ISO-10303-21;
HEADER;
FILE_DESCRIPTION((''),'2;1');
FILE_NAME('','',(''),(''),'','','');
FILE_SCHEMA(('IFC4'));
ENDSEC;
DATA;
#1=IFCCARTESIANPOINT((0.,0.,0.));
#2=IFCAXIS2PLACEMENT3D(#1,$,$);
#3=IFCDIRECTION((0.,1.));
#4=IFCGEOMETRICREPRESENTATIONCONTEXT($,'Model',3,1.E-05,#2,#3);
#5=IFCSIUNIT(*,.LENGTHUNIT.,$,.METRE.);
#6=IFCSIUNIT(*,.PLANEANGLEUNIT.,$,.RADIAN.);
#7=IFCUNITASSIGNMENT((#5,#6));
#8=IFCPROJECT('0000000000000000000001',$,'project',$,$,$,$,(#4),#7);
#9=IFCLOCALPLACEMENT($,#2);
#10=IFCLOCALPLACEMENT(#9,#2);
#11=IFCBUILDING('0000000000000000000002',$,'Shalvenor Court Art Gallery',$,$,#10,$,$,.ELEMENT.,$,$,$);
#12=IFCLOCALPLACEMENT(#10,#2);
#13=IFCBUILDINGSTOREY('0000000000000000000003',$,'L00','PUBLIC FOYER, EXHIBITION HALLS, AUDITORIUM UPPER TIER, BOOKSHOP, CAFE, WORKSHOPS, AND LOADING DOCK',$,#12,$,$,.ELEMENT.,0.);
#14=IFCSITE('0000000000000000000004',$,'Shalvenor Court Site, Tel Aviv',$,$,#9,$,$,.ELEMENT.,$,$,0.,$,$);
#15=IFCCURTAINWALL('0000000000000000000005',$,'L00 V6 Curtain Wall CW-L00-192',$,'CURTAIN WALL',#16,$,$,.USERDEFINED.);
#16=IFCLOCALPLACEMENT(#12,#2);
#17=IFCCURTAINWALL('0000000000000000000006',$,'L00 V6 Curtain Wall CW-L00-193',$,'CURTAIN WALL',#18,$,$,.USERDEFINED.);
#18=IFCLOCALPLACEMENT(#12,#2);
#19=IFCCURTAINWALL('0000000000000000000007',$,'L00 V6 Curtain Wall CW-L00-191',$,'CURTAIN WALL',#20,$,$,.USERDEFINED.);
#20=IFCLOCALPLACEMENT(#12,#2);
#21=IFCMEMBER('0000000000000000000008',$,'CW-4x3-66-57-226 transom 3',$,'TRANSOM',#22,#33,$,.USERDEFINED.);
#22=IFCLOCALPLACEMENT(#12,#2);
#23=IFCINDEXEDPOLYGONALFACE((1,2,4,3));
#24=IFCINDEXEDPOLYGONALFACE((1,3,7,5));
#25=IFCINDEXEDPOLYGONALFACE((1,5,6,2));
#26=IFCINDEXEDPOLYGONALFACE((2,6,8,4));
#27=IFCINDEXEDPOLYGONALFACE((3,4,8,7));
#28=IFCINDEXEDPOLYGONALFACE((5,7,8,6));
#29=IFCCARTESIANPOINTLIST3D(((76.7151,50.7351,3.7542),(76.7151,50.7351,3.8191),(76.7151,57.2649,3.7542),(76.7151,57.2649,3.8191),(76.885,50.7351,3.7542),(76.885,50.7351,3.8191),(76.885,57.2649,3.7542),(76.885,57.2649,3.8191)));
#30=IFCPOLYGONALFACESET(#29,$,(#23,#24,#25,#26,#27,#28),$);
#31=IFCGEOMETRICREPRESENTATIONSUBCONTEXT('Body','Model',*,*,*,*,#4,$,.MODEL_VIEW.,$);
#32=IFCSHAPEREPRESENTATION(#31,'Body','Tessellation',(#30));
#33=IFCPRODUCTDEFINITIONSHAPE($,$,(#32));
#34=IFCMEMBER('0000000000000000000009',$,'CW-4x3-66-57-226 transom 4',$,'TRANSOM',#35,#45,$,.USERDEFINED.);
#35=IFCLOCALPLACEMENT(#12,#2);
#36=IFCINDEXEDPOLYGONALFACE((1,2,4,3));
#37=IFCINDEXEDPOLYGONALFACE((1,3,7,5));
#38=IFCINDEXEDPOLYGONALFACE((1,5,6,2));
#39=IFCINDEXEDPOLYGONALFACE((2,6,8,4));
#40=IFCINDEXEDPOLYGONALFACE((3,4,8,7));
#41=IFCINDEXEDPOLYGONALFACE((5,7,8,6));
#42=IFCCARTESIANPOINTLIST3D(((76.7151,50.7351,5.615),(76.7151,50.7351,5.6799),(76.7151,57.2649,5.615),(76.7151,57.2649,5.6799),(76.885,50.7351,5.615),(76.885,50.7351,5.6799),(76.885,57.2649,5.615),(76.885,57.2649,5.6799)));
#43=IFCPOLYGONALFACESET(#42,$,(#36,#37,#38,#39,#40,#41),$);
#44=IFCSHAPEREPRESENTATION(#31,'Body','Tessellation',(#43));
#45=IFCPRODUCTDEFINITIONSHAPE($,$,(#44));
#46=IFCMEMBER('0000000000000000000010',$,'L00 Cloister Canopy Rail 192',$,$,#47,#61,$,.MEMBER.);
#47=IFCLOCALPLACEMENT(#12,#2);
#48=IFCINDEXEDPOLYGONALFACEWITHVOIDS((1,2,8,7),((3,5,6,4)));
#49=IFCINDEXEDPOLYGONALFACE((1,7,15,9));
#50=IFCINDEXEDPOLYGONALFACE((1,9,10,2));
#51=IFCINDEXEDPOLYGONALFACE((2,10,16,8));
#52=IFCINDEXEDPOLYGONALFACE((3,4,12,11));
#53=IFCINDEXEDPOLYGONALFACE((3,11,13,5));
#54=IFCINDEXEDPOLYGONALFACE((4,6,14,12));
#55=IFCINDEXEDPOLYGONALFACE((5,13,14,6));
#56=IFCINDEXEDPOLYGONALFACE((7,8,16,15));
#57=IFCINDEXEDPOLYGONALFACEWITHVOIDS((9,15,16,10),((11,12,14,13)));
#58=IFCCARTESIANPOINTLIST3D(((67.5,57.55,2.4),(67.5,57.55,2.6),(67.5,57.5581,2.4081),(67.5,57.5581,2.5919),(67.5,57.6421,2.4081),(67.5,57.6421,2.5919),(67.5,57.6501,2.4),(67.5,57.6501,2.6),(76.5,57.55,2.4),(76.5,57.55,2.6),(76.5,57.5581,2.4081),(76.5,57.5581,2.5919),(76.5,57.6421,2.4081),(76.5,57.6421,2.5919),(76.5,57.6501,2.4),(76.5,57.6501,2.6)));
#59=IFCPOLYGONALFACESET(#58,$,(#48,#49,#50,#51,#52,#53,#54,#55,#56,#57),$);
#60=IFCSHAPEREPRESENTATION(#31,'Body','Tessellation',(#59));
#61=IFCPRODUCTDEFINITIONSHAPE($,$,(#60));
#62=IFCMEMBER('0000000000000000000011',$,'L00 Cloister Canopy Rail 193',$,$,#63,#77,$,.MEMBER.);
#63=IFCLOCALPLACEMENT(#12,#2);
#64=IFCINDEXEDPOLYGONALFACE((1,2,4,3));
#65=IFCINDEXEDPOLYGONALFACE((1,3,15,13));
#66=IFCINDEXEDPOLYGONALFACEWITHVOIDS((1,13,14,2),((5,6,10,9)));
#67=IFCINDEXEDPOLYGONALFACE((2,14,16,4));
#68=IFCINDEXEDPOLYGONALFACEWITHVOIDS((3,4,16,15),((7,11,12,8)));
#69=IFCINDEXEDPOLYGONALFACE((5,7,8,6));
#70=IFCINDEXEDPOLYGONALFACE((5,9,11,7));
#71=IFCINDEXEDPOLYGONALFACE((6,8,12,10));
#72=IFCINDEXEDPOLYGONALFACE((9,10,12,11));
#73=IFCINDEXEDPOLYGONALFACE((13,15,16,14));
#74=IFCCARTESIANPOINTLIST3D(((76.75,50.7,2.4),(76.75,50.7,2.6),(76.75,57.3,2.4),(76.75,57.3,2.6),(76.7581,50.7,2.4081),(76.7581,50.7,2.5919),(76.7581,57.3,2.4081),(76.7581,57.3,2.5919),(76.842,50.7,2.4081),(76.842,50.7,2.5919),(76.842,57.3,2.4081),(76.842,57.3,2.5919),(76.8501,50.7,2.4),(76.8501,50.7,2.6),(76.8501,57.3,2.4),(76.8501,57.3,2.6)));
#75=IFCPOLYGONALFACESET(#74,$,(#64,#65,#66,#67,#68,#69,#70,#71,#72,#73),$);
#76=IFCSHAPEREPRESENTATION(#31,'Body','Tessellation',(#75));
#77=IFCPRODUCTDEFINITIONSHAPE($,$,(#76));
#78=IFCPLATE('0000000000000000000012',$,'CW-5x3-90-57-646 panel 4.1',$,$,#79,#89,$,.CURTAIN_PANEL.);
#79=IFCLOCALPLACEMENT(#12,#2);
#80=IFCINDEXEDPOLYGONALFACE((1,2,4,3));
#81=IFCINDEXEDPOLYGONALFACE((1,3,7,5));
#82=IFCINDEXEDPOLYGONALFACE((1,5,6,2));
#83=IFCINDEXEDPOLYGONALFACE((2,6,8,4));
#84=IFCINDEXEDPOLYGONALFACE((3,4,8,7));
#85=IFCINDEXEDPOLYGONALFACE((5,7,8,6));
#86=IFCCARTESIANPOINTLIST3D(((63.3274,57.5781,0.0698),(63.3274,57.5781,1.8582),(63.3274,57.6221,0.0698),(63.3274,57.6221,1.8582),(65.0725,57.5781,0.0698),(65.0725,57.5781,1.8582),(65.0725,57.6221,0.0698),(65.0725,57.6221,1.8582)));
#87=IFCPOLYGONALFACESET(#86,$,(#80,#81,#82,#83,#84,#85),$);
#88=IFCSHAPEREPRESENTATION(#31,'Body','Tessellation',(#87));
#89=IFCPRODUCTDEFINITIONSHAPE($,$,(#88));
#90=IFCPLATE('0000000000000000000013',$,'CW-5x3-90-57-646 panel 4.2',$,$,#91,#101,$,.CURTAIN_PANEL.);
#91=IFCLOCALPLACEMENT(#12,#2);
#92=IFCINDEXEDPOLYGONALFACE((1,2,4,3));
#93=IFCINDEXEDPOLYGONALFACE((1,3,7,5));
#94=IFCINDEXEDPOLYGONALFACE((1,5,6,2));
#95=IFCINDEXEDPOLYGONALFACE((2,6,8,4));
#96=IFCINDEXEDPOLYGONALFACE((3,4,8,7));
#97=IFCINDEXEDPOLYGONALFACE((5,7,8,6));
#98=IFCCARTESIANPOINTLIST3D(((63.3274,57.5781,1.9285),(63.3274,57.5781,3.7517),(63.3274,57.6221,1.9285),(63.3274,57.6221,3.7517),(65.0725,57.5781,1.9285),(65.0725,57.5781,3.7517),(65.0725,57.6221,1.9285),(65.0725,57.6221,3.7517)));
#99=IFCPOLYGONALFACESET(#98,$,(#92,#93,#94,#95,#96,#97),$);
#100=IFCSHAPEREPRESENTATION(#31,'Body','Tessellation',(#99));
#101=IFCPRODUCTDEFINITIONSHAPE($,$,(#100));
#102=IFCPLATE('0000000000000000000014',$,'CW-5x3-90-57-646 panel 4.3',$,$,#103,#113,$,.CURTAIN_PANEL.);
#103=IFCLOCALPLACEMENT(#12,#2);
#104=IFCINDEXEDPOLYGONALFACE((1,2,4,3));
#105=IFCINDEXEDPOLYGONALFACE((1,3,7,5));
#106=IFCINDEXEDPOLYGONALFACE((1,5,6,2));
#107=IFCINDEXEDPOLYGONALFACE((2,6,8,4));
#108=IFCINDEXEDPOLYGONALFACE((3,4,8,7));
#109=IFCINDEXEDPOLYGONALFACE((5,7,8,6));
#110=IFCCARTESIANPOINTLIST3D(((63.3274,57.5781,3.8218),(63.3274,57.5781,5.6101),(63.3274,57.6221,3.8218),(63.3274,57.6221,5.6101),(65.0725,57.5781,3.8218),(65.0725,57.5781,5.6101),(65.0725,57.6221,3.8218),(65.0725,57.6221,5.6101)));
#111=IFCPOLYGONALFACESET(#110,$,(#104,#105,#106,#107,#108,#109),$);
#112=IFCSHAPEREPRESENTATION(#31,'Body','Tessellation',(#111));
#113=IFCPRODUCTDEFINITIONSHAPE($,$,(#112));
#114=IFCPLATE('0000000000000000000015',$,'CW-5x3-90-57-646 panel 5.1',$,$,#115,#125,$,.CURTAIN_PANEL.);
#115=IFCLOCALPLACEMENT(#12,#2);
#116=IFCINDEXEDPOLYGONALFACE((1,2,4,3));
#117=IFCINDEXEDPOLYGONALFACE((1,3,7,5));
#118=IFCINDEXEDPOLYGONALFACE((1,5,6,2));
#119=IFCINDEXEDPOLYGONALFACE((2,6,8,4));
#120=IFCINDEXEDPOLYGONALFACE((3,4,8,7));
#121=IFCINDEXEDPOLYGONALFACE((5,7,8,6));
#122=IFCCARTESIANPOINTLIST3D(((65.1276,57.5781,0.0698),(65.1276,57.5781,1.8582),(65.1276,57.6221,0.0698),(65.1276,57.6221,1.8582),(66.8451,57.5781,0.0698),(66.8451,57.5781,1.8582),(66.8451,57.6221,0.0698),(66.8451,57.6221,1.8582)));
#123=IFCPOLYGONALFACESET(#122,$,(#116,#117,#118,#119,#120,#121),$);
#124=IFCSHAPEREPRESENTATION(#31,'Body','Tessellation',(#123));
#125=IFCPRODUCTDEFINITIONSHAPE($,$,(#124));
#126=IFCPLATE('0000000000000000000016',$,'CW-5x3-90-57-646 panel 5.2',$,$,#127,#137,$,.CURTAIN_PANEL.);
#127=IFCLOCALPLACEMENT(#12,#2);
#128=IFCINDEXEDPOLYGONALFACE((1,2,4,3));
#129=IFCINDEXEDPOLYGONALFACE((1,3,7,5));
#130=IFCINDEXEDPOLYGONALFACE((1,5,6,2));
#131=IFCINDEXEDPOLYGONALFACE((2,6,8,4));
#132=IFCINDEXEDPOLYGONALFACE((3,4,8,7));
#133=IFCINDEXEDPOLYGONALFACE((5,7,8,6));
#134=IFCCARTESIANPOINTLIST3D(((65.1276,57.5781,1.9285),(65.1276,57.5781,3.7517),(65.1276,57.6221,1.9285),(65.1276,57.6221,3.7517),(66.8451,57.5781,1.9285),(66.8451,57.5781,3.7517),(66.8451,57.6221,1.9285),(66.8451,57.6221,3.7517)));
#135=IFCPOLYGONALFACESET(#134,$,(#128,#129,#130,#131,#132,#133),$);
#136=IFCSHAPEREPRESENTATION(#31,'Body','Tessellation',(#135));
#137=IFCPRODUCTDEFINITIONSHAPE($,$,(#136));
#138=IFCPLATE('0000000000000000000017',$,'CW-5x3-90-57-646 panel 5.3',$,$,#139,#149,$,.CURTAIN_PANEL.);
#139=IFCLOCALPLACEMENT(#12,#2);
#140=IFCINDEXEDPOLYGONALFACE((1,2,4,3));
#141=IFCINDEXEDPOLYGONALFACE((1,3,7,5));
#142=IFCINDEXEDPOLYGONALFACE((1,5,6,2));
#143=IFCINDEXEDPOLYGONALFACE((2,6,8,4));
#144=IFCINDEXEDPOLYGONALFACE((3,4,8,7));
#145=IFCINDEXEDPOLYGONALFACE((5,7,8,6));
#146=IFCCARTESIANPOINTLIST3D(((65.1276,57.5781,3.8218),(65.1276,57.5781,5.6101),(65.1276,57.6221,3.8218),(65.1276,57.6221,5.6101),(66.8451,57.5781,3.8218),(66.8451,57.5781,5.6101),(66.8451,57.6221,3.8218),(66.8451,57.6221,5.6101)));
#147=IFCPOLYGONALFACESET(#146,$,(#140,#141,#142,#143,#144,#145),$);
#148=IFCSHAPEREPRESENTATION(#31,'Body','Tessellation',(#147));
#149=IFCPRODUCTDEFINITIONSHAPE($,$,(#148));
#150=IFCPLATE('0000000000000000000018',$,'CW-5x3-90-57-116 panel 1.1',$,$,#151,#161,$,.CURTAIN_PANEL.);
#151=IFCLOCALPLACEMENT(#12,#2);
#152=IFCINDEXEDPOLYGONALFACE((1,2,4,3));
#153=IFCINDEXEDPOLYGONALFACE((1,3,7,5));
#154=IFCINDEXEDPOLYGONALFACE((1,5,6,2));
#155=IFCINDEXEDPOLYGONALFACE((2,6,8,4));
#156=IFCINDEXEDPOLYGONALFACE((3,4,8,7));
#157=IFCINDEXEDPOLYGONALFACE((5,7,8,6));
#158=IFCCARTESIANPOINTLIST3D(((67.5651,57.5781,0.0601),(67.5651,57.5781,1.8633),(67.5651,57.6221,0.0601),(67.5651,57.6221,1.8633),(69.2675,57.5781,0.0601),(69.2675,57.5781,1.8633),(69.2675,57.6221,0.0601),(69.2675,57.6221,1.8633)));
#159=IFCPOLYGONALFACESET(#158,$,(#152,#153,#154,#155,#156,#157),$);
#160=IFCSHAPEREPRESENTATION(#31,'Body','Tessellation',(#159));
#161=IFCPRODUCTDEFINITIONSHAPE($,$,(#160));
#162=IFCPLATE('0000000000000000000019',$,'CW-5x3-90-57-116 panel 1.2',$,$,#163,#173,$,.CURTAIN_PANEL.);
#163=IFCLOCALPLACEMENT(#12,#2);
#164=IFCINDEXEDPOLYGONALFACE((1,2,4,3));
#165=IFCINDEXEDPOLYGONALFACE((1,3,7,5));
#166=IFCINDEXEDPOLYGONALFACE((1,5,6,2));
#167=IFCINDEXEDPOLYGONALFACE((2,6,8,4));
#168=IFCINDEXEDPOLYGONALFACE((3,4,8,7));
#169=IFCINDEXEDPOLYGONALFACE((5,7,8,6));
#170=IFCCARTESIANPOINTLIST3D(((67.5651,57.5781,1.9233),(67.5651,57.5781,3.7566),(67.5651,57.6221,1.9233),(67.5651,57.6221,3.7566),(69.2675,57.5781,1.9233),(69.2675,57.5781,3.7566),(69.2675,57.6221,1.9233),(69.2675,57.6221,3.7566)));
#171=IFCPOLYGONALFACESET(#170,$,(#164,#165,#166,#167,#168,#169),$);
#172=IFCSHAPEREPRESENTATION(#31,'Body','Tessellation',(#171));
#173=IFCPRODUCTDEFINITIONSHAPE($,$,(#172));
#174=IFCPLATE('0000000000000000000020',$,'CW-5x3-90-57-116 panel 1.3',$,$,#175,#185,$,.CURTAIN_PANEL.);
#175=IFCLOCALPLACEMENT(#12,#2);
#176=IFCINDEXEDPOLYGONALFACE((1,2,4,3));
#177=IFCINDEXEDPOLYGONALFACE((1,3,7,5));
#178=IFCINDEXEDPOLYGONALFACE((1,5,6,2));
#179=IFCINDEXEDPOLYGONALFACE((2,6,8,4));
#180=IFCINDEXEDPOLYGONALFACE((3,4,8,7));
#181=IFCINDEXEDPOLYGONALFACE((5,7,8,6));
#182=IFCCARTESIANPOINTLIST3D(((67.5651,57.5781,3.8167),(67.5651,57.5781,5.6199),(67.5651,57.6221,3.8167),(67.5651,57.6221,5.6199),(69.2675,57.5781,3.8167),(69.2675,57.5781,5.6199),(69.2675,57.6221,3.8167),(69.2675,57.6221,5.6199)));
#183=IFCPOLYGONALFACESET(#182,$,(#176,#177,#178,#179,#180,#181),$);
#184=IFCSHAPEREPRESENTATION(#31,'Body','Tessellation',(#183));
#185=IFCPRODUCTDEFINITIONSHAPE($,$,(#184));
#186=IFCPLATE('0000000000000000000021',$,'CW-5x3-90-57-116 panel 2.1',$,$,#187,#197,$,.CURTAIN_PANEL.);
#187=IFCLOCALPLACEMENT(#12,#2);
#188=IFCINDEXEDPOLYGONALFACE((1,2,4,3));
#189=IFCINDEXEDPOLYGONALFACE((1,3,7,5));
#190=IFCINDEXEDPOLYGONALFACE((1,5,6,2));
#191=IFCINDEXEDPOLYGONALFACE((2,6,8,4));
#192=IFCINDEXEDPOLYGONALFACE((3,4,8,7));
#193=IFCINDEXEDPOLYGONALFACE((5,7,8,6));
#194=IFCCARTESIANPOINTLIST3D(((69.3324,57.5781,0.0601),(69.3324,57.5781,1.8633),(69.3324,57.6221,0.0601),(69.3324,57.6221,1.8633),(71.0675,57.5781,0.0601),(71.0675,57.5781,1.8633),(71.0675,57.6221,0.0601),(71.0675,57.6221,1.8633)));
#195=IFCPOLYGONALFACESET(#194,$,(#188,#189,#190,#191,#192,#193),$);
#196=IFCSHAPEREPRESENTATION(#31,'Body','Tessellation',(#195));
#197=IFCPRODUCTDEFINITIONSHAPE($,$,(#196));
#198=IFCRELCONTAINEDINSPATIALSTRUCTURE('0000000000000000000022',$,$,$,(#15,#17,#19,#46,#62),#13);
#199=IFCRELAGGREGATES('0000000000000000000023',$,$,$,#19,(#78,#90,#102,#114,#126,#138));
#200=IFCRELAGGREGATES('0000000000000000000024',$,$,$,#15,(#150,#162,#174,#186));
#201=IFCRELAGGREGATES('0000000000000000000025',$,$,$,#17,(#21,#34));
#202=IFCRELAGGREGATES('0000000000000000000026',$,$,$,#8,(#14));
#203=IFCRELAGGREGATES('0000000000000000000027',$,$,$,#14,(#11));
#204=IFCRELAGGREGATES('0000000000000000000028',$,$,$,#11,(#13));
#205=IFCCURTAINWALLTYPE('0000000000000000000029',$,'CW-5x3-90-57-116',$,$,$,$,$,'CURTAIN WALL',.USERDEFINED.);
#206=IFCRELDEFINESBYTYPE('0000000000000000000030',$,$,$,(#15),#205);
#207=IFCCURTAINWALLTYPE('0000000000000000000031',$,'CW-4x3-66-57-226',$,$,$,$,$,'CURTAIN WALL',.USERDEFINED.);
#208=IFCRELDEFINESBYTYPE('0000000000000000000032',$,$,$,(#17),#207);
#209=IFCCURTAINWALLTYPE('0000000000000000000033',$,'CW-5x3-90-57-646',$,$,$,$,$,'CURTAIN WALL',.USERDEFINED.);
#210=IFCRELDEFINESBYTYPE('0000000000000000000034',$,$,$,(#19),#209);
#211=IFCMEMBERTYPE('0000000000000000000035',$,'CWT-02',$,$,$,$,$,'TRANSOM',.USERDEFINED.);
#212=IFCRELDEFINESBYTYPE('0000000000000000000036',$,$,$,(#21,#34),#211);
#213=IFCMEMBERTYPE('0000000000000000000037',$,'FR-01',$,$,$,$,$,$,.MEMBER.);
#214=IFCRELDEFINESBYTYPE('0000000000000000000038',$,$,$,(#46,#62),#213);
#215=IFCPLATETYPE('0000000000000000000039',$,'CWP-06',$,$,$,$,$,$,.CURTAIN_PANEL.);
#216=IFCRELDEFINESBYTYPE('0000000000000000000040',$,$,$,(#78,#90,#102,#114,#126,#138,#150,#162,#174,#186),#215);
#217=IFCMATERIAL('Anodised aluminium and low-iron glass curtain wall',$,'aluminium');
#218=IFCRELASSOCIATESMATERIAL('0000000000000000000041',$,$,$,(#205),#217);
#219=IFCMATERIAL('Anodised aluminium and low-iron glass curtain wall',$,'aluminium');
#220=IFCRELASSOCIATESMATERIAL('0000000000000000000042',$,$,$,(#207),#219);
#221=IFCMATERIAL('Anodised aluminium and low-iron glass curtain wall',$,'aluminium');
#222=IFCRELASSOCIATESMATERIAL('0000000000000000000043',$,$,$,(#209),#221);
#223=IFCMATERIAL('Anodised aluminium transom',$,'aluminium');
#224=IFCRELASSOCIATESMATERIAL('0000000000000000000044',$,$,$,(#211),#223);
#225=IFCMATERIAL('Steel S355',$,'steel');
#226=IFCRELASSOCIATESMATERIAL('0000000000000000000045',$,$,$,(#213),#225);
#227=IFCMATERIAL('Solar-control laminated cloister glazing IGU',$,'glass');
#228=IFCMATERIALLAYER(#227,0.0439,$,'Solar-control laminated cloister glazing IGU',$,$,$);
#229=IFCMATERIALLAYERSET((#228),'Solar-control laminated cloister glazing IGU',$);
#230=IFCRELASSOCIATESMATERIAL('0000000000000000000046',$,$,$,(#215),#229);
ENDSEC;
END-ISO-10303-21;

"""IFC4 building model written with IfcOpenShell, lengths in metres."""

from ifc_helpers import new_model, si_unit, direction, frame, origin, origin_2d, place, context, subcontext, project, spatial, rectangle, hollow_rectangle, extrude, material, layer, layer_set, material_profile, profile_set, type_object, element, aggregate, save


model = new_model("IFC4")

# Units and contexts
model_context = context("Model", 3, precision=1e-05, world=origin(), true_north=direction((0.0, 1.0)))
body_context = subcontext(model_context, "Body", "Model", "MODEL_VIEW")
ifc_project = project(units=[si_unit("LENGTHUNIT", "METRE"), si_unit("PLANEANGLEUNIT", "RADIAN")], contexts=[model_context])

# Site, building, storey
site_placement = place(None, origin())
site = spatial("IfcSite", under=ifc_project, at=site_placement, Name="Shalvenor Court Site, Tel Aviv", CompositionType="ELEMENT", RefElevation=0.0)
building_placement = place(site_placement, origin())
building = spatial("IfcBuilding", under=site, at=building_placement, Name="Shalvenor Court Art Gallery", CompositionType="ELEMENT")
storey_placement = place(building_placement, origin())
storey = spatial("IfcBuildingStorey", under=building, at=storey_placement, Name="L00", Description="PUBLIC FOYER, EXHIBITION HALLS, AUDITORIUM UPPER TIER, BOOKSHOP, CAFE, WORKSHOPS, AND LOADING DOCK", CompositionType="ELEMENT", Elevation=0.0)

# Curtain wall
ifc_material_1 = material(Name="Anodised aluminium and low-iron glass curtain wall", Category="aluminium")
curtain_wall_type_1 = type_object("IfcCurtainWallType", Name="CW-5x3-90-57-116", ElementType="CURTAIN WALL", PredefinedType="USERDEFINED", material=ifc_material_1)
curtain_wall_1_placement = place(storey_placement, origin())
curtain_wall_1 = element("IfcCurtainWall", 1, at=curtain_wall_1_placement, inside=storey, type_object=curtain_wall_type_1, Name="L00 V6 Curtain Wall CW-L00-192", ObjectType="CURTAIN WALL", PredefinedType="USERDEFINED")

# Curtain wall
ifc_material_2 = material(Name="Anodised aluminium and low-iron glass curtain wall", Category="aluminium")
curtain_wall_type_2 = type_object("IfcCurtainWallType", Name="CW-4x3-66-57-226", ElementType="CURTAIN WALL", PredefinedType="USERDEFINED", material=ifc_material_2)
curtain_wall_2_placement = place(storey_placement, origin())
curtain_wall_2 = element("IfcCurtainWall", 2, at=curtain_wall_2_placement, inside=storey, type_object=curtain_wall_type_2, Name="L00 V6 Curtain Wall CW-L00-193", ObjectType="CURTAIN WALL", PredefinedType="USERDEFINED")

# Curtain wall
ifc_material_3 = material(Name="Anodised aluminium and low-iron glass curtain wall", Category="aluminium")
curtain_wall_type_3 = type_object("IfcCurtainWallType", Name="CW-5x3-90-57-646", ElementType="CURTAIN WALL", PredefinedType="USERDEFINED", material=ifc_material_3)
curtain_wall_3_placement = place(storey_placement, origin())
curtain_wall_3 = element("IfcCurtainWall", 3, at=curtain_wall_3_placement, inside=storey, type_object=curtain_wall_type_3, Name="L00 V6 Curtain Wall CW-L00-191", ObjectType="CURTAIN WALL", PredefinedType="USERDEFINED")

# Members
ifc_material_4 = material(Name="Anodised aluminium transom", Category="aluminium")
ifc_material_profile_1 = material_profile(ifc_material_4, rectangle(XDim=0.1699, YDim=0.0649, at=origin_2d()), Name="CWT-02")
ifc_profile_set_1 = profile_set([ifc_material_profile_1], Name="Anodised aluminium transom")
member_type_1 = type_object("IfcMemberType", Name="CWT-02", ElementType="TRANSOM", PredefinedType="USERDEFINED", material=ifc_profile_set_1)
member_1_placement = place(storey_placement, frame((76.8, 57.2649, 3.7866), z_axis=(0.0, -1.0, 0.0), x_axis=(1.0, 0.0, 0.0)))
member_1 = element("IfcMember", 4, at=member_1_placement, type_object=member_type_1, Name="CW-4x3-66-57-226 transom 3", ObjectType="TRANSOM", PredefinedType="USERDEFINED", context=body_context, shape_type="SweptSolid", body=[
    extrude(rectangle(XDim=0.1699, YDim=0.0649, at=origin_2d()), origin(), (0.0, 0.0, 1.0), 6.5298),
])
member_2_placement = place(storey_placement, frame((76.8, 57.2649, 5.6475), z_axis=(0.0, -1.0, 0.0), x_axis=(1.0, 0.0, 0.0)))
member_2 = element("IfcMember", 5, at=member_2_placement, type_object=member_type_1, Name="CW-4x3-66-57-226 transom 4", ObjectType="TRANSOM", PredefinedType="USERDEFINED", context=body_context, shape_type="SweptSolid", body=[
    extrude(rectangle(XDim=0.1699, YDim=0.0649, at=origin_2d()), origin(), (0.0, 0.0, 1.0), 6.5298),
])

# Members
ifc_material_5 = material(Name="Steel S355", Category="steel")
ifc_material_profile_2 = material_profile(ifc_material_5, hollow_rectangle(XDim=0.1001, YDim=0.2, WallThickness=0.0081, at=origin_2d()), Name="RHS 200x100x8.0")
ifc_profile_set_2 = profile_set([ifc_material_profile_2], Name="Steel S355")
member_type_2 = type_object("IfcMemberType", Name="FR-01", PredefinedType="MEMBER", material=ifc_profile_set_2)
member_3_placement = place(storey_placement, frame((67.5, 57.6001, 2.5), z_axis=(1.0, 0.0, 0.0), x_axis=(0.0, 1.0, 0.0)))
element("IfcMember", 6, at=member_3_placement, inside=storey, type_object=member_type_2, Name="L00 Cloister Canopy Rail 192", PredefinedType="MEMBER", context=body_context, shape_type="SweptSolid", body=[
    extrude(hollow_rectangle(XDim=0.1001, YDim=0.2, WallThickness=0.0081, at=origin_2d()), origin(), (0.0, 0.0, 1.0), 9.0),
])
member_4_placement = place(storey_placement, frame((76.8, 57.3, 2.5), z_axis=(0.0, -1.0, 0.0), x_axis=(1.0, 0.0, 0.0)))
element("IfcMember", 7, at=member_4_placement, inside=storey, type_object=member_type_2, Name="L00 Cloister Canopy Rail 193", PredefinedType="MEMBER", context=body_context, shape_type="SweptSolid", body=[
    extrude(hollow_rectangle(XDim=0.1001, YDim=0.2, WallThickness=0.0081, at=origin_2d()), origin(), (0.0, 0.0, 1.0), 6.6001),
])

# Plates
ifc_material_6 = material(Name="Solar-control laminated cloister glazing IGU", Category="glass")
ifc_layer_1 = layer(ifc_material_6, 0.0439, Name="Solar-control laminated cloister glazing IGU")
ifc_layer_set_1 = layer_set([ifc_layer_1], Name="Solar-control laminated cloister glazing IGU")
plate_type_1 = type_object("IfcPlateType", Name="CWP-06", PredefinedType="CURTAIN_PANEL", material=ifc_layer_set_1)
plate_1_placement = place(storey_placement, frame((64.2, 57.6001, 0.0698), z_axis=(0.0, 0.0, 1.0), x_axis=(1.0, 0.0, 0.0)))
plate_1 = element("IfcPlate", 8, at=plate_1_placement, type_object=plate_type_1, Name="CW-5x3-90-57-646 panel 4.1", PredefinedType="CURTAIN_PANEL", context=body_context, shape_type="SweptSolid", body=[
    extrude(rectangle(XDim=1.7451, YDim=0.0439, at=origin_2d()), origin(), (0.0, 0.0, 1.0), 1.7883),
])
plate_2_placement = place(storey_placement, frame((64.2, 57.6001, 1.9285), z_axis=(0.0, 0.0, 1.0), x_axis=(1.0, 0.0, 0.0)))
plate_2 = element("IfcPlate", 9, at=plate_2_placement, type_object=plate_type_1, Name="CW-5x3-90-57-646 panel 4.2", PredefinedType="CURTAIN_PANEL", context=body_context, shape_type="SweptSolid", body=[
    extrude(rectangle(XDim=1.7451, YDim=0.0439, at=origin_2d()), origin(), (0.0, 0.0, 1.0), 1.8232),
])
plate_3_placement = place(storey_placement, frame((64.2, 57.6001, 3.8218), z_axis=(0.0, 0.0, 1.0), x_axis=(1.0, 0.0, 0.0)))
plate_3 = element("IfcPlate", 10, at=plate_3_placement, type_object=plate_type_1, Name="CW-5x3-90-57-646 panel 4.3", PredefinedType="CURTAIN_PANEL", context=body_context, shape_type="SweptSolid", body=[
    extrude(rectangle(XDim=1.7451, YDim=0.0439, at=origin_2d()), origin(), (0.0, 0.0, 1.0), 1.7883),
])
plate_4_placement = place(storey_placement, frame((65.9863, 57.6001, 0.0698), z_axis=(0.0, 0.0, 1.0), x_axis=(1.0, 0.0, 0.0)))
plate_4 = element("IfcPlate", 11, at=plate_4_placement, type_object=plate_type_1, Name="CW-5x3-90-57-646 panel 5.1", PredefinedType="CURTAIN_PANEL", context=body_context, shape_type="SweptSolid", body=[
    extrude(rectangle(XDim=1.7175, YDim=0.0439, at=origin_2d()), origin(), (0.0, 0.0, 1.0), 1.7883),
])
plate_5_placement = place(storey_placement, frame((65.9863, 57.6001, 1.9285), z_axis=(0.0, 0.0, 1.0), x_axis=(1.0, 0.0, 0.0)))
plate_5 = element("IfcPlate", 12, at=plate_5_placement, type_object=plate_type_1, Name="CW-5x3-90-57-646 panel 5.2", PredefinedType="CURTAIN_PANEL", context=body_context, shape_type="SweptSolid", body=[
    extrude(rectangle(XDim=1.7175, YDim=0.0439, at=origin_2d()), origin(), (0.0, 0.0, 1.0), 1.8232),
])
plate_6_placement = place(storey_placement, frame((65.9863, 57.6001, 3.8218), z_axis=(0.0, 0.0, 1.0), x_axis=(1.0, 0.0, 0.0)))
plate_6 = element("IfcPlate", 13, at=plate_6_placement, type_object=plate_type_1, Name="CW-5x3-90-57-646 panel 5.3", PredefinedType="CURTAIN_PANEL", context=body_context, shape_type="SweptSolid", body=[
    extrude(rectangle(XDim=1.7175, YDim=0.0439, at=origin_2d()), origin(), (0.0, 0.0, 1.0), 1.7883),
])
aggregate(curtain_wall_3, [plate_1, plate_2, plate_3, plate_4, plate_5, plate_6])
plate_7_placement = place(storey_placement, frame((68.4163, 57.6001, 0.0601), z_axis=(0.0, 0.0, 1.0), x_axis=(1.0, 0.0, 0.0)))
plate_7 = element("IfcPlate", 14, at=plate_7_placement, type_object=plate_type_1, Name="CW-5x3-90-57-116 panel 1.1", PredefinedType="CURTAIN_PANEL", context=body_context, shape_type="SweptSolid", body=[
    extrude(rectangle(XDim=1.7024, YDim=0.0439, at=origin_2d()), origin(), (0.0, 0.0, 1.0), 1.8032),
])
plate_8_placement = place(storey_placement, frame((68.4163, 57.6001, 1.9233), z_axis=(0.0, 0.0, 1.0), x_axis=(1.0, 0.0, 0.0)))
plate_8 = element("IfcPlate", 15, at=plate_8_placement, type_object=plate_type_1, Name="CW-5x3-90-57-116 panel 1.2", PredefinedType="CURTAIN_PANEL", context=body_context, shape_type="SweptSolid", body=[
    extrude(rectangle(XDim=1.7024, YDim=0.0439, at=origin_2d()), origin(), (0.0, 0.0, 1.0), 1.8333),
])
plate_9_placement = place(storey_placement, frame((68.4163, 57.6001, 3.8167), z_axis=(0.0, 0.0, 1.0), x_axis=(1.0, 0.0, 0.0)))
plate_9 = element("IfcPlate", 16, at=plate_9_placement, type_object=plate_type_1, Name="CW-5x3-90-57-116 panel 1.3", PredefinedType="CURTAIN_PANEL", context=body_context, shape_type="SweptSolid", body=[
    extrude(rectangle(XDim=1.7024, YDim=0.0439, at=origin_2d()), origin(), (0.0, 0.0, 1.0), 1.8032),
])
plate_10_placement = place(storey_placement, frame((70.2, 57.6001, 0.0601), z_axis=(0.0, 0.0, 1.0), x_axis=(1.0, 0.0, 0.0)))
plate_10 = element("IfcPlate", 17, at=plate_10_placement, type_object=plate_type_1, Name="CW-5x3-90-57-116 panel 2.1", PredefinedType="CURTAIN_PANEL", context=body_context, shape_type="SweptSolid", body=[
    extrude(rectangle(XDim=1.7351, YDim=0.0439, at=origin_2d()), origin(), (0.0, 0.0, 1.0), 1.8032),
])
aggregate(curtain_wall_1, [plate_7, plate_8, plate_9, plate_10])
aggregate(curtain_wall_2, [member_1, member_2])

save(model, "model.ifc")
